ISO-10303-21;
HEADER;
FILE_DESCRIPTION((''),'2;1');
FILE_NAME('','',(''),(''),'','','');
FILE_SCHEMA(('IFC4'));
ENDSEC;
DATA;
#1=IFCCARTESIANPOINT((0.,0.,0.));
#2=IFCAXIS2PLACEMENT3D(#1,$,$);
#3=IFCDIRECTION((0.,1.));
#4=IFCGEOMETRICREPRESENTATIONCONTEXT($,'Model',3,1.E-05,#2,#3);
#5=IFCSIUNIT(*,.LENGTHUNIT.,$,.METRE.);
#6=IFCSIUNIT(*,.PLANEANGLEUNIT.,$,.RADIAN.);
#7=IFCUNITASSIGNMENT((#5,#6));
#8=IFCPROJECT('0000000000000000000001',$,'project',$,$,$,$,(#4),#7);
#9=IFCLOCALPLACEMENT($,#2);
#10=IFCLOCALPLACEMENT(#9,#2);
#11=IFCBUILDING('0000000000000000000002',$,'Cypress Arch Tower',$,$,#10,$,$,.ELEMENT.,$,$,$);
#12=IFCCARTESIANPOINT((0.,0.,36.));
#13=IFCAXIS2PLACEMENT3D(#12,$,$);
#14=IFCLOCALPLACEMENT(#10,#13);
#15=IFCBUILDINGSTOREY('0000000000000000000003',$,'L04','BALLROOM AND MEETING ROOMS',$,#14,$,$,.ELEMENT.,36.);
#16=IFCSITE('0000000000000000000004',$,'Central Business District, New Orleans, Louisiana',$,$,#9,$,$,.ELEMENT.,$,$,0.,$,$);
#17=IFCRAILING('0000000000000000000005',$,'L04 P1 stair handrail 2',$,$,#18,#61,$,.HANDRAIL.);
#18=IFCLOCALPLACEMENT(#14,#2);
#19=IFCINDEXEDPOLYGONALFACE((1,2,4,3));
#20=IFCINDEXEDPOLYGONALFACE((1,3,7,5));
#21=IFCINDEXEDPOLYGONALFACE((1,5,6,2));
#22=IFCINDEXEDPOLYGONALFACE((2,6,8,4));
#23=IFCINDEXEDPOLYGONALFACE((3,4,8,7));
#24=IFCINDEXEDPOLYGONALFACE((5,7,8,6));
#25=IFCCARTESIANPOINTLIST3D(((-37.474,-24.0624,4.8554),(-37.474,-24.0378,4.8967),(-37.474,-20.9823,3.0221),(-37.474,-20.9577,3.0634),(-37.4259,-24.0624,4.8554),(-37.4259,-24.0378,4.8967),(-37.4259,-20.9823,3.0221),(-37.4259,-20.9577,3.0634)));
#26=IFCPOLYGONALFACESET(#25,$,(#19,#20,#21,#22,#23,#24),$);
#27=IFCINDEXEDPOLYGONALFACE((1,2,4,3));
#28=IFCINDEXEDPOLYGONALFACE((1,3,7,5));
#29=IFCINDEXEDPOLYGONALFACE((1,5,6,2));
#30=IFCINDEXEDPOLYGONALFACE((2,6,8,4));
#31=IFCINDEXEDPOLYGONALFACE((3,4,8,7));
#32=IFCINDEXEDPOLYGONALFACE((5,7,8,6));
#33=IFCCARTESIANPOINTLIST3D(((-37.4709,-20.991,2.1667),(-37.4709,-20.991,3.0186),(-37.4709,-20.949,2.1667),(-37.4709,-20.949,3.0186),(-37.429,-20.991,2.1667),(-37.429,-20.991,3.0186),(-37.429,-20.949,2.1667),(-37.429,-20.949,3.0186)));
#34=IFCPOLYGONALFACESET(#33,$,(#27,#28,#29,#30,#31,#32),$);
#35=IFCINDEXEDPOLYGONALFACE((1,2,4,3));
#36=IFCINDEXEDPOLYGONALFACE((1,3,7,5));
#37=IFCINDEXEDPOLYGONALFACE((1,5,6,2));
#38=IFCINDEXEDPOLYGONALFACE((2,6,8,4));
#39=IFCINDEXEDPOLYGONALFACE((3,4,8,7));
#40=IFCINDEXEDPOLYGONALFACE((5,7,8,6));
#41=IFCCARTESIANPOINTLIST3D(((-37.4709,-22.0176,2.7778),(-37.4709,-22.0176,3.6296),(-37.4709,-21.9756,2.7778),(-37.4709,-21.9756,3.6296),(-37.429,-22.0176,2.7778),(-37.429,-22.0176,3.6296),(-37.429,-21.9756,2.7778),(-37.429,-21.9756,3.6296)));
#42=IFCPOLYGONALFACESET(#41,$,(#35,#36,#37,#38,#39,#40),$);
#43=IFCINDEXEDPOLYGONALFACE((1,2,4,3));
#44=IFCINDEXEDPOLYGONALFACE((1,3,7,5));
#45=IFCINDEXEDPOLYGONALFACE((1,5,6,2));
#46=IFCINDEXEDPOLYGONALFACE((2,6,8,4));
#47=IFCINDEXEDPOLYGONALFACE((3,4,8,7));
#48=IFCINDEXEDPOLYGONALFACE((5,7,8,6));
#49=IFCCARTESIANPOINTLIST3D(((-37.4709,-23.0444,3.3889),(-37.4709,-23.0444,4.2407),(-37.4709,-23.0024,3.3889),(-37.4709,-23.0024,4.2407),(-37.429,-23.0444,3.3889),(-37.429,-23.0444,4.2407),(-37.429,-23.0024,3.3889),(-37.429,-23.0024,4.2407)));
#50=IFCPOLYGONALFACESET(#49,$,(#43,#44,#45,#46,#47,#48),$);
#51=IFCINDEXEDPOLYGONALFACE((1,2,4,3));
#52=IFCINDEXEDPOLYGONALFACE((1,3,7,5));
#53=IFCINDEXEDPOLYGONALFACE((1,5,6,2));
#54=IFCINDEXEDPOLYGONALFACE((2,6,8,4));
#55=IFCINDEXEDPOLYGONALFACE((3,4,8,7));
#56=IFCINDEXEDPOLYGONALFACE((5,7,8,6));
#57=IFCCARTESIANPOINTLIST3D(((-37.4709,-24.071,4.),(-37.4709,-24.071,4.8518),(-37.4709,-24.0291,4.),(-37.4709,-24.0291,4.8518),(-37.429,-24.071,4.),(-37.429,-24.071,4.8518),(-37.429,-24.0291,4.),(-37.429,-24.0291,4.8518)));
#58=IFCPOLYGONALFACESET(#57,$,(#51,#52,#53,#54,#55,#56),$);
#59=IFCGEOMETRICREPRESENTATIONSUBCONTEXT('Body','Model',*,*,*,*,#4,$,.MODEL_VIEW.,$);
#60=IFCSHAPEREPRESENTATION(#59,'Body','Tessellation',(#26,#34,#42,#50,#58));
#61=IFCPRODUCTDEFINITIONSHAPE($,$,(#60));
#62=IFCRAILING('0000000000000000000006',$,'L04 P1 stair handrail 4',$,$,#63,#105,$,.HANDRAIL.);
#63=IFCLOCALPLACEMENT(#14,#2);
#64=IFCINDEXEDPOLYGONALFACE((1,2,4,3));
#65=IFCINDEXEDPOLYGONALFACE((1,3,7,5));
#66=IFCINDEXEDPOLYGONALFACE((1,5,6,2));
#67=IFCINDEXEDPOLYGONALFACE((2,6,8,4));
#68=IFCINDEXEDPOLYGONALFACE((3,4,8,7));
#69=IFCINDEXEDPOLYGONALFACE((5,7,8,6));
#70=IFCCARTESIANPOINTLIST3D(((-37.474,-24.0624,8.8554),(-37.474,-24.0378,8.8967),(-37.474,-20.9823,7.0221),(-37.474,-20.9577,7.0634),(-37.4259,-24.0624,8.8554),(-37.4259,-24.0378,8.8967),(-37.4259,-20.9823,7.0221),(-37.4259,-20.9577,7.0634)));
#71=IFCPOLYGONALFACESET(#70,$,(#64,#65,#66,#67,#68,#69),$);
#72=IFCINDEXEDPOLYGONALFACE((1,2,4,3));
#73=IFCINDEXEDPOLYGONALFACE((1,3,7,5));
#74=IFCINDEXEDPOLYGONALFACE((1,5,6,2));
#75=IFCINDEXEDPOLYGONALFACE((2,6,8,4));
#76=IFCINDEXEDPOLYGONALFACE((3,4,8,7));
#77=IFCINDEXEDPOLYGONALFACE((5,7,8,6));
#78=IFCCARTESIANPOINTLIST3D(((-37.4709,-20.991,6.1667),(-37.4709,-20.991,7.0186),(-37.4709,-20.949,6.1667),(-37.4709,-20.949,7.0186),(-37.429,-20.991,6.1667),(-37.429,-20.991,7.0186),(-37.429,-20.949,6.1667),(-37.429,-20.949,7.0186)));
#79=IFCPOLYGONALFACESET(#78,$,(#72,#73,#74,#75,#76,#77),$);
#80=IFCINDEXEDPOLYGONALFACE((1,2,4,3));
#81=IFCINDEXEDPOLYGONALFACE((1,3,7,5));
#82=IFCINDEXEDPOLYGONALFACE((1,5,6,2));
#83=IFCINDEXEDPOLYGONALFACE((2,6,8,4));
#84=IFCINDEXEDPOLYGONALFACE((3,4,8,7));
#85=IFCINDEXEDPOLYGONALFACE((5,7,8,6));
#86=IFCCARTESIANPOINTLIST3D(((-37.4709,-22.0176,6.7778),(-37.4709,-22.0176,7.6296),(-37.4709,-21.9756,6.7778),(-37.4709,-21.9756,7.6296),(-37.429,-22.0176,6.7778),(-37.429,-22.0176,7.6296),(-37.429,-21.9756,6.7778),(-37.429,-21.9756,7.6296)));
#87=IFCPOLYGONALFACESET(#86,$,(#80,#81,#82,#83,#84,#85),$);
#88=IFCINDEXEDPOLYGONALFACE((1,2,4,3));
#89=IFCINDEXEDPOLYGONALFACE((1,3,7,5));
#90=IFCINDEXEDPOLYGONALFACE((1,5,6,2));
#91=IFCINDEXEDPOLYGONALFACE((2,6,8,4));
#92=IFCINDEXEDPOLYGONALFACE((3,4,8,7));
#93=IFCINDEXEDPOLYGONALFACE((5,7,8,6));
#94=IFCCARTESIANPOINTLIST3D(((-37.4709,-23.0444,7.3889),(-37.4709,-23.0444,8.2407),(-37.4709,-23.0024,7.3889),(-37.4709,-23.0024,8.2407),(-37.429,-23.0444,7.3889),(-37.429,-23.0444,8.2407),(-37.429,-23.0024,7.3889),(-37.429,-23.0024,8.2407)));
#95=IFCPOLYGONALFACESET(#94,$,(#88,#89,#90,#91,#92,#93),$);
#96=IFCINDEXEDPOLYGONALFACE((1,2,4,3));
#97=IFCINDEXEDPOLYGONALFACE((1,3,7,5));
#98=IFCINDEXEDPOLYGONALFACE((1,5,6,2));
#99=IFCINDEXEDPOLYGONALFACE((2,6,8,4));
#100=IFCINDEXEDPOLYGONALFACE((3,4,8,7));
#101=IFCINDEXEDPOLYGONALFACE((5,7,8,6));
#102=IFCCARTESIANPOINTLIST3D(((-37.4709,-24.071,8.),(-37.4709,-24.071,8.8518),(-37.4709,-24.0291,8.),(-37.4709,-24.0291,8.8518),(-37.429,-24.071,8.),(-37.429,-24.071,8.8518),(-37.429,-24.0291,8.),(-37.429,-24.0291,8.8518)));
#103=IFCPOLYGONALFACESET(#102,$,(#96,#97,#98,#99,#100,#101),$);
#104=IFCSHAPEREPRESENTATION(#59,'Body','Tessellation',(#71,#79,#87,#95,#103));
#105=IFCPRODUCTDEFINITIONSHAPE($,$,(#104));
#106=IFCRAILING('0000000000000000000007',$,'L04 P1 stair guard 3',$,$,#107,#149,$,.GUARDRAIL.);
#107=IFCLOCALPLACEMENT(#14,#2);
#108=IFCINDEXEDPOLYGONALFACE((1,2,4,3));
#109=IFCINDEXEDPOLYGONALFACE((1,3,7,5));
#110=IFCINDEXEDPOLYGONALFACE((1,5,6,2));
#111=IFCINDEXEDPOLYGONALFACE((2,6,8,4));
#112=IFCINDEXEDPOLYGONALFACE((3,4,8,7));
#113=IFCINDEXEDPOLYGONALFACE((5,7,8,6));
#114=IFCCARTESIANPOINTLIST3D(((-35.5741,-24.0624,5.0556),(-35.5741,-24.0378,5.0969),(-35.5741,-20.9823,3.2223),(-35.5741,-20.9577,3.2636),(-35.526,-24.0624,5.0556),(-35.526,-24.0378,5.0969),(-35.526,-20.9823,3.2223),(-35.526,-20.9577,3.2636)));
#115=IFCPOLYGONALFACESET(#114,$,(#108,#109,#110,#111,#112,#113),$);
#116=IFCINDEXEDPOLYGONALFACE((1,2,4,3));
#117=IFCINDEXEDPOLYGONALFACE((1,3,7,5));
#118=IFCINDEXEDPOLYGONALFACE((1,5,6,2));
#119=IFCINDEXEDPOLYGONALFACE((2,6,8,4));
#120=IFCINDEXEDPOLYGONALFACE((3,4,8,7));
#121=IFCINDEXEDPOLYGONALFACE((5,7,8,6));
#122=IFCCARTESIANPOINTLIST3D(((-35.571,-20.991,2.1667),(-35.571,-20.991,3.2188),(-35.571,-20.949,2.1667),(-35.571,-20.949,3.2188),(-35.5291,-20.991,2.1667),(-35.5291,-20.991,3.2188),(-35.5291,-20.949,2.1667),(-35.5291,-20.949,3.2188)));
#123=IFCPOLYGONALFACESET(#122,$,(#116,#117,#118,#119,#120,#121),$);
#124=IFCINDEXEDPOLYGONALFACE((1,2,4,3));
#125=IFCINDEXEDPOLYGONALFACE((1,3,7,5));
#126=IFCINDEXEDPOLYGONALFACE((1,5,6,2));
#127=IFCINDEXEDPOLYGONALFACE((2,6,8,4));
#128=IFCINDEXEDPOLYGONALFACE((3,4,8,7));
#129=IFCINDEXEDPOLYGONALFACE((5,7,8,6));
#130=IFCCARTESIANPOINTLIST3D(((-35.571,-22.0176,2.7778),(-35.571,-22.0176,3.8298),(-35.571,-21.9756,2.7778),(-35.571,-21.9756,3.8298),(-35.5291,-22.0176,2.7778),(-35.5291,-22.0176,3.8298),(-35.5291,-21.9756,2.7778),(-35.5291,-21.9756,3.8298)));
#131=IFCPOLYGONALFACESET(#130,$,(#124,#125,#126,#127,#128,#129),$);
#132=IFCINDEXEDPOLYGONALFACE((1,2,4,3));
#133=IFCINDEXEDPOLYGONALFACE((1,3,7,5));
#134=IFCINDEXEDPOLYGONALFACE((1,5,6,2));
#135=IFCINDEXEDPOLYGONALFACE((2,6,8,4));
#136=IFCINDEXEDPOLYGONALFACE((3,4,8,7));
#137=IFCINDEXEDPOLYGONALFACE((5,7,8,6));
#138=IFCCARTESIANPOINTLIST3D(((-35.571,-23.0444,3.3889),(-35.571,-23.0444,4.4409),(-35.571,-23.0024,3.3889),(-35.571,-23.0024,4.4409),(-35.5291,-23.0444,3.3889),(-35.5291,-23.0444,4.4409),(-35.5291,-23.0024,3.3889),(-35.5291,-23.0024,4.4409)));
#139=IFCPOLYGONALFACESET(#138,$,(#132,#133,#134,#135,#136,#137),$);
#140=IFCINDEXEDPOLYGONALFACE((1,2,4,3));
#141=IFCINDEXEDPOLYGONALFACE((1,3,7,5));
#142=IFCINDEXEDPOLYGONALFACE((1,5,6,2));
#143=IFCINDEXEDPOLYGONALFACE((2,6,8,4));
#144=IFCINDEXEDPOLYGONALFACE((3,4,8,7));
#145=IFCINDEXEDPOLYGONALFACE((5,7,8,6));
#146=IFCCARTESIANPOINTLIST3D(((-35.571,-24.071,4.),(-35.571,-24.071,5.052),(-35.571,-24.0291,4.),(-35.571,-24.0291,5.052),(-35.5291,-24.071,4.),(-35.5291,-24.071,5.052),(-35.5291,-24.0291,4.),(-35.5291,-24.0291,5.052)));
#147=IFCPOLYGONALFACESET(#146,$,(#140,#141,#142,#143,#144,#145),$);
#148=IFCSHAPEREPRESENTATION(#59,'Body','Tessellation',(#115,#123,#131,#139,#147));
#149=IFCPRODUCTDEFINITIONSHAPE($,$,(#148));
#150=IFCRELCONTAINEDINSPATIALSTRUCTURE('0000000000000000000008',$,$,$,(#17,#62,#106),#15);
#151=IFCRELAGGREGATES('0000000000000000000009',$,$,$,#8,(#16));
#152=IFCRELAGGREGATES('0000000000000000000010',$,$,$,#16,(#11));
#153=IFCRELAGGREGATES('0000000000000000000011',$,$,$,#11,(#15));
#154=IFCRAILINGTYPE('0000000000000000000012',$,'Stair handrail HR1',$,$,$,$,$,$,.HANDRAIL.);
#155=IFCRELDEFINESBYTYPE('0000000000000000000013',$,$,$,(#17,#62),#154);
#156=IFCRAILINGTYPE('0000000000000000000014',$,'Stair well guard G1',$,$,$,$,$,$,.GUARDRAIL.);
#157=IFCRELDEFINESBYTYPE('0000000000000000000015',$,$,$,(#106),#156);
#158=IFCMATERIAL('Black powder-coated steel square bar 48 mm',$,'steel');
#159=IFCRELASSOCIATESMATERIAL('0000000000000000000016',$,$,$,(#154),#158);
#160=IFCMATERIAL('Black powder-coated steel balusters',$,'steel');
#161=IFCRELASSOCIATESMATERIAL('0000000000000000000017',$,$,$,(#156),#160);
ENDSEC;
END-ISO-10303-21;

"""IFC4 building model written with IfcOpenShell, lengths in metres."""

from ifc_helpers import new_model, si_unit, direction, frame, origin, origin_2d, place, context, subcontext, project, spatial, rectangle, extrude, material, type_object, element, save


model = new_model("IFC4")

# Units and contexts
model_context = context("Model", 3, precision=1e-05, world=origin(), true_north=direction((0.0, 1.0)))
body_context = subcontext(model_context, "Body", "Model", "MODEL_VIEW")
ifc_project = project(units=[si_unit("LENGTHUNIT", "METRE"), si_unit("PLANEANGLEUNIT", "RADIAN")], contexts=[model_context])

# Site, building, storey
site_placement = place(None, origin())
site = spatial("IfcSite", under=ifc_project, at=site_placement, Name="Central Business District, New Orleans, Louisiana", CompositionType="ELEMENT", RefElevation=0.0)
building_placement = place(site_placement, origin())
building = spatial("IfcBuilding", under=site, at=building_placement, Name="Cypress Arch Tower", CompositionType="ELEMENT")
storey_placement = place(building_placement, frame((0.0, 0.0, 36.0)))
storey = spatial("IfcBuildingStorey", under=building, at=storey_placement, Name="L04", Description="BALLROOM AND MEETING ROOMS", CompositionType="ELEMENT", Elevation=36.0)

# Railings
ifc_material_1 = material(Name="Black powder-coated steel square bar 48 mm", Category="steel")
railing_type_1 = type_object("IfcRailingType", Name="Stair handrail HR1", PredefinedType="HANDRAIL", material=ifc_material_1)
for number, where, name in (
    (1, (-37.45, -20.97, 2.1667), "L04 P1 stair handrail 2"),
    (2, (-37.45, -20.97, 6.1667), "L04 P1 stair handrail 4"),
):
    element("IfcRailing", number, at=place(storey_placement, frame(where)), inside=storey, type_object=railing_type_1, Name=name, PredefinedType="HANDRAIL", context=body_context, shape_type="SweptSolid", body=[
        extrude(rectangle(XDim=0.0481, YDim=0.0481, at=origin_2d()), frame((0.0, 0.0, 0.876), z_axis=(0.0, -0.859309, 0.511458), x_axis=(1.0, 0.0, 0.0)), (0.0, 0.0, 1.0), 3.5845),
        extrude(rectangle(XDim=0.042, YDim=0.042, at=origin_2d()), origin(), (0.0, 0.0, 1.0), 0.8518),
        extrude(rectangle(XDim=0.042, YDim=0.042, at=origin_2d()), frame((0.0, -1.0266, 0.6111)), (0.0, 0.0, 1.0), 0.8518),
        extrude(rectangle(XDim=0.042, YDim=0.042, at=origin_2d()), frame((0.0, -2.0535, 1.2222)), (0.0, 0.0, 1.0), 0.8518),
        extrude(rectangle(XDim=0.042, YDim=0.042, at=origin_2d()), frame((0.0, -3.0801, 1.8333)), (0.0, 0.0, 1.0), 0.8518),
    ])
ifc_material_2 = material(Name="Black powder-coated steel balusters", Category="steel")
railing_type_2 = type_object("IfcRailingType", Name="Stair well guard G1", PredefinedType="GUARDRAIL", material=ifc_material_2)
railing_placement = place(storey_placement, frame((-35.55, -20.97, 2.1667)))
element("IfcRailing", 3, at=railing_placement, inside=storey, type_object=railing_type_2, Name="L04 P1 stair guard 3", PredefinedType="GUARDRAIL", context=body_context, shape_type="SweptSolid", body=[
    extrude(rectangle(XDim=0.0481, YDim=0.0481, at=origin_2d()), frame((0.0, 0.0, 1.0762), z_axis=(0.0, -0.859309, 0.511458), x_axis=(1.0, 0.0, 0.0)), (0.0, 0.0, 1.0), 3.5845),
    extrude(rectangle(XDim=0.042, YDim=0.042, at=origin_2d()), origin(), (0.0, 0.0, 1.0), 1.052),
    extrude(rectangle(XDim=0.042, YDim=0.042, at=origin_2d()), frame((0.0, -1.0266, 0.6111)), (0.0, 0.0, 1.0), 1.052),
    extrude(rectangle(XDim=0.042, YDim=0.042, at=origin_2d()), frame((0.0, -2.0535, 1.2222)), (0.0, 0.0, 1.0), 1.052),
    extrude(rectangle(XDim=0.042, YDim=0.042, at=origin_2d()), frame((0.0, -3.0801, 1.8333)), (0.0, 0.0, 1.0), 1.052),
])

save(model, "model.ifc")
